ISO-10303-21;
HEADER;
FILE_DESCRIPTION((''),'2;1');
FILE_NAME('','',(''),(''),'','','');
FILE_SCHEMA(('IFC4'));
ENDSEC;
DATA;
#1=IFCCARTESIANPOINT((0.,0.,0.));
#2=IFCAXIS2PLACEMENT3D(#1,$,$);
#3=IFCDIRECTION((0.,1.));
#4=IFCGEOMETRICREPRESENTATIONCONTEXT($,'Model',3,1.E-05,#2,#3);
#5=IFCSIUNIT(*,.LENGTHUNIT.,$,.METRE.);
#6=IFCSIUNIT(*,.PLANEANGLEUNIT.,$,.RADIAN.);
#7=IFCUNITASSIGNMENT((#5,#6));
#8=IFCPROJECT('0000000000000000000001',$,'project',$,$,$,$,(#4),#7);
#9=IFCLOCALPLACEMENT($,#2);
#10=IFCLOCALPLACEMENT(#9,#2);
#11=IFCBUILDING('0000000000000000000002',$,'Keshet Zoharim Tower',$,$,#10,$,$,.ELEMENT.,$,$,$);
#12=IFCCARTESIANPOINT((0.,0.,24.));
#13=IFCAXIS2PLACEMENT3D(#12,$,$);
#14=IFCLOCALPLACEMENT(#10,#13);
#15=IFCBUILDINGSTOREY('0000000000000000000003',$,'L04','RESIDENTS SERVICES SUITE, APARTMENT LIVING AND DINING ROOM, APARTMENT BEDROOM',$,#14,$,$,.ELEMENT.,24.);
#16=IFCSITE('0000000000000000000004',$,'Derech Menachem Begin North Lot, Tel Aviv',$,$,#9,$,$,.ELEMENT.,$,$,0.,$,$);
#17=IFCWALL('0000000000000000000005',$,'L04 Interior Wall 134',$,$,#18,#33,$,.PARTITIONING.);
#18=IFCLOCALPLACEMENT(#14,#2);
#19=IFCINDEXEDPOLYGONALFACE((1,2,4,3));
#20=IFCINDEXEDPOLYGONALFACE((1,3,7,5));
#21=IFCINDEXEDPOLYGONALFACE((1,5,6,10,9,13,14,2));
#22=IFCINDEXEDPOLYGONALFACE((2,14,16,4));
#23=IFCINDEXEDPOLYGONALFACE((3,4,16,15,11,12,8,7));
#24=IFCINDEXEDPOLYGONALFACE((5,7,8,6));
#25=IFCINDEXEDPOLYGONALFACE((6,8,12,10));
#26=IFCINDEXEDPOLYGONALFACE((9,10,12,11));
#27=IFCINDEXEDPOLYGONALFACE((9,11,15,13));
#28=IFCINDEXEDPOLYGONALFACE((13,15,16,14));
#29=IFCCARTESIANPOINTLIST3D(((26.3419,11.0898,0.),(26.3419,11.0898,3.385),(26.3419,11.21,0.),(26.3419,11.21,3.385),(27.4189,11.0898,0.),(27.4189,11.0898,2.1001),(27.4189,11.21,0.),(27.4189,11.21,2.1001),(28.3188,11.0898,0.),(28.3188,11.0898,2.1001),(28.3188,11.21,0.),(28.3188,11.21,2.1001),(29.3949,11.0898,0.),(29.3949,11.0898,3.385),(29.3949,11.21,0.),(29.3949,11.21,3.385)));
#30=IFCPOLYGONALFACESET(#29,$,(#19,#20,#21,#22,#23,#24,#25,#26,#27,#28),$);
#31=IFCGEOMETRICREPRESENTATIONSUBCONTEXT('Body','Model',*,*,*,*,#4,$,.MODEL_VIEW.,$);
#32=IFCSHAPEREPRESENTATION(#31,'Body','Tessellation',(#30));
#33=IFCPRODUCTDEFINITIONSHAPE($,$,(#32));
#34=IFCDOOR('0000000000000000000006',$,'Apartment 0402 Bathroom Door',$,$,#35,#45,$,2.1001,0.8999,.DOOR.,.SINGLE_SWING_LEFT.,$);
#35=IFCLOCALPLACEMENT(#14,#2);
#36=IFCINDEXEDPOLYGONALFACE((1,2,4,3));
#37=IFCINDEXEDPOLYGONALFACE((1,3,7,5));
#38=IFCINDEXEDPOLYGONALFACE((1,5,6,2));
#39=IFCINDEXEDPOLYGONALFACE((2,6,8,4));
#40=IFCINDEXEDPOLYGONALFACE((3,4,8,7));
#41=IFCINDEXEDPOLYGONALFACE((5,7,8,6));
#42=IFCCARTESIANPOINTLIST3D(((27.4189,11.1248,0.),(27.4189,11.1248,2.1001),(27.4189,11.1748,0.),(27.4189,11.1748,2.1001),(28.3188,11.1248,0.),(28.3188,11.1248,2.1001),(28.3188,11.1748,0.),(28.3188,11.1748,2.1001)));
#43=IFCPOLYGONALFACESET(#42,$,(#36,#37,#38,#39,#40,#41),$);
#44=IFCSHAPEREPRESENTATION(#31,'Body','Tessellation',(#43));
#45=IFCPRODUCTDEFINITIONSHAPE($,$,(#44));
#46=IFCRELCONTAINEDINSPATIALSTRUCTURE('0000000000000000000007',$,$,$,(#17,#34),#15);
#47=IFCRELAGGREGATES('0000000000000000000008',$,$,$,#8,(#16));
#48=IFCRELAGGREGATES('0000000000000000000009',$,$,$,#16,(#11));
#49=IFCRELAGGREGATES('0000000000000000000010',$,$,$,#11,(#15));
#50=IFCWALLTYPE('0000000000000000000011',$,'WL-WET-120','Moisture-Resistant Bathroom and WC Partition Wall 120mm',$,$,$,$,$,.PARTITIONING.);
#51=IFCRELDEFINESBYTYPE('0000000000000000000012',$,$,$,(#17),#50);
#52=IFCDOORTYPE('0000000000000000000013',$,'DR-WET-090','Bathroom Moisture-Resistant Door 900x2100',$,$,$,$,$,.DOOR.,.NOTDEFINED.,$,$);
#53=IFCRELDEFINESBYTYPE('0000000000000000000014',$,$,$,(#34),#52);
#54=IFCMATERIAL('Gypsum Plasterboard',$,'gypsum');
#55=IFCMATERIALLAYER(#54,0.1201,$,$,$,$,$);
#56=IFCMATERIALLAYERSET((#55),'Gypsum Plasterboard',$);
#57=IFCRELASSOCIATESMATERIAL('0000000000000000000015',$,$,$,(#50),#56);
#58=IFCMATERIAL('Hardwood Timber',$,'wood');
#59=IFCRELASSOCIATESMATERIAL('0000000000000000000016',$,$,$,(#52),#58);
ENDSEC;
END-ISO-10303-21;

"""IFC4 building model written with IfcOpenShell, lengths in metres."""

from ifc_helpers import new_model, si_unit, direction, frame, frame_2d, origin, place, context, subcontext, project, spatial, rectangle, extrude, material, layer, layer_set, type_object, element, fill, save


model = new_model("IFC4")

# Units and contexts
model_context = context("Model", 3, precision=1e-05, world=origin(), true_north=direction((0.0, 1.0)))
body_context = subcontext(model_context, "Body", "Model", "MODEL_VIEW")
ifc_project = project(units=[si_unit("LENGTHUNIT", "METRE"), si_unit("PLANEANGLEUNIT", "RADIAN")], contexts=[model_context])

# Site, building, storey
site_placement = place(None, origin())
site = spatial("IfcSite", under=ifc_project, at=site_placement, Name="Derech Menachem Begin North Lot, Tel Aviv", CompositionType="ELEMENT", RefElevation=0.0)
building_placement = place(site_placement, origin())
building = spatial("IfcBuilding", under=site, at=building_placement, Name="Keshet Zoharim Tower", CompositionType="ELEMENT")
storey_placement = place(building_placement, frame((0.0, 0.0, 24.0)))
storey = spatial("IfcBuildingStorey", under=building, at=storey_placement, Name="L04", Description="RESIDENTS SERVICES SUITE, APARTMENT LIVING AND DINING ROOM, APARTMENT BEDROOM", CompositionType="ELEMENT", Elevation=24.0)

# Shared definitions
ifc_material_1 = material(Name="Gypsum Plasterboard", Category="gypsum")

# Shared definitions
ifc_material_2 = material(Name="Hardwood Timber", Category="wood")

# Shared definitions
ifc_layer_1 = layer(ifc_material_1, 0.1201)
ifc_layer_set_1 = layer_set([ifc_layer_1], Name="Gypsum Plasterboard")
wall_type_1 = type_object("IfcWallType", Name="WL-WET-120", Description="Moisture-Resistant Bathroom and WC Partition Wall 120mm", PredefinedType="PARTITIONING", material=ifc_layer_set_1)

# Wall, opening, door
wall_1_placement = place(storey_placement, frame((26.342, 11.1499, 0.0), z_axis=(0.0, 0.0, 1.0), x_axis=(1.0, 0.0, 0.0)))
wall_1 = element("IfcWall", 1, at=wall_1_placement, inside=storey, type_object=wall_type_1, Name="L04 Interior Wall 134", PredefinedType="PARTITIONING", context=body_context, shape_type="SweptSolid", body=[
    extrude(rectangle(XDim=3.053, YDim=0.1201, at=frame_2d((1.5264, 0.0))), origin(), (0.0, 0.0, 1.0), 3.385),
])
opening_1_placement = place(wall_1_placement, frame((1.0769, 0.0, 0.0)))
opening_1 = element("IfcOpeningElement", 2, at=opening_1_placement, cuts=wall_1, PredefinedType="OPENING", context=body_context, shape_type="SweptSolid", body=[
    extrude(rectangle(XDim=0.8999, YDim=2.1001, at=frame_2d((0.45, 1.05))), frame((0.0, 0.0701, 0.0), z_axis=(0.0, -1.0, 0.0), x_axis=(1.0, 0.0, 0.0)), (0.0, 0.0, 1.0), 0.1401),
])
door_type_1 = type_object("IfcDoorType", Name="DR-WET-090", Description="Bathroom Moisture-Resistant Door 900x2100", OperationType="NOTDEFINED", PredefinedType="DOOR", material=ifc_material_2)
door_1_placement = place(opening_1_placement, origin())
door_1 = element("IfcDoor", 3, at=door_1_placement, inside=storey, type_object=door_type_1, Name="Apartment 0402 Bathroom Door", OperationType="SINGLE_SWING_LEFT", OverallHeight=2.1001, OverallWidth=0.8999, PredefinedType="DOOR", context=body_context, shape_type="SweptSolid", body=[
    extrude(rectangle(XDim=0.8999, YDim=2.1001, at=frame_2d((0.45, 1.05))), frame((0.0, 0.0249, 0.0), z_axis=(0.0, -1.0, 0.0), x_axis=(1.0, 0.0, 0.0)), (0.0, 0.0, 1.0), 0.05),
])
fill(opening_1, door_1)

save(model, "model.ifc")
